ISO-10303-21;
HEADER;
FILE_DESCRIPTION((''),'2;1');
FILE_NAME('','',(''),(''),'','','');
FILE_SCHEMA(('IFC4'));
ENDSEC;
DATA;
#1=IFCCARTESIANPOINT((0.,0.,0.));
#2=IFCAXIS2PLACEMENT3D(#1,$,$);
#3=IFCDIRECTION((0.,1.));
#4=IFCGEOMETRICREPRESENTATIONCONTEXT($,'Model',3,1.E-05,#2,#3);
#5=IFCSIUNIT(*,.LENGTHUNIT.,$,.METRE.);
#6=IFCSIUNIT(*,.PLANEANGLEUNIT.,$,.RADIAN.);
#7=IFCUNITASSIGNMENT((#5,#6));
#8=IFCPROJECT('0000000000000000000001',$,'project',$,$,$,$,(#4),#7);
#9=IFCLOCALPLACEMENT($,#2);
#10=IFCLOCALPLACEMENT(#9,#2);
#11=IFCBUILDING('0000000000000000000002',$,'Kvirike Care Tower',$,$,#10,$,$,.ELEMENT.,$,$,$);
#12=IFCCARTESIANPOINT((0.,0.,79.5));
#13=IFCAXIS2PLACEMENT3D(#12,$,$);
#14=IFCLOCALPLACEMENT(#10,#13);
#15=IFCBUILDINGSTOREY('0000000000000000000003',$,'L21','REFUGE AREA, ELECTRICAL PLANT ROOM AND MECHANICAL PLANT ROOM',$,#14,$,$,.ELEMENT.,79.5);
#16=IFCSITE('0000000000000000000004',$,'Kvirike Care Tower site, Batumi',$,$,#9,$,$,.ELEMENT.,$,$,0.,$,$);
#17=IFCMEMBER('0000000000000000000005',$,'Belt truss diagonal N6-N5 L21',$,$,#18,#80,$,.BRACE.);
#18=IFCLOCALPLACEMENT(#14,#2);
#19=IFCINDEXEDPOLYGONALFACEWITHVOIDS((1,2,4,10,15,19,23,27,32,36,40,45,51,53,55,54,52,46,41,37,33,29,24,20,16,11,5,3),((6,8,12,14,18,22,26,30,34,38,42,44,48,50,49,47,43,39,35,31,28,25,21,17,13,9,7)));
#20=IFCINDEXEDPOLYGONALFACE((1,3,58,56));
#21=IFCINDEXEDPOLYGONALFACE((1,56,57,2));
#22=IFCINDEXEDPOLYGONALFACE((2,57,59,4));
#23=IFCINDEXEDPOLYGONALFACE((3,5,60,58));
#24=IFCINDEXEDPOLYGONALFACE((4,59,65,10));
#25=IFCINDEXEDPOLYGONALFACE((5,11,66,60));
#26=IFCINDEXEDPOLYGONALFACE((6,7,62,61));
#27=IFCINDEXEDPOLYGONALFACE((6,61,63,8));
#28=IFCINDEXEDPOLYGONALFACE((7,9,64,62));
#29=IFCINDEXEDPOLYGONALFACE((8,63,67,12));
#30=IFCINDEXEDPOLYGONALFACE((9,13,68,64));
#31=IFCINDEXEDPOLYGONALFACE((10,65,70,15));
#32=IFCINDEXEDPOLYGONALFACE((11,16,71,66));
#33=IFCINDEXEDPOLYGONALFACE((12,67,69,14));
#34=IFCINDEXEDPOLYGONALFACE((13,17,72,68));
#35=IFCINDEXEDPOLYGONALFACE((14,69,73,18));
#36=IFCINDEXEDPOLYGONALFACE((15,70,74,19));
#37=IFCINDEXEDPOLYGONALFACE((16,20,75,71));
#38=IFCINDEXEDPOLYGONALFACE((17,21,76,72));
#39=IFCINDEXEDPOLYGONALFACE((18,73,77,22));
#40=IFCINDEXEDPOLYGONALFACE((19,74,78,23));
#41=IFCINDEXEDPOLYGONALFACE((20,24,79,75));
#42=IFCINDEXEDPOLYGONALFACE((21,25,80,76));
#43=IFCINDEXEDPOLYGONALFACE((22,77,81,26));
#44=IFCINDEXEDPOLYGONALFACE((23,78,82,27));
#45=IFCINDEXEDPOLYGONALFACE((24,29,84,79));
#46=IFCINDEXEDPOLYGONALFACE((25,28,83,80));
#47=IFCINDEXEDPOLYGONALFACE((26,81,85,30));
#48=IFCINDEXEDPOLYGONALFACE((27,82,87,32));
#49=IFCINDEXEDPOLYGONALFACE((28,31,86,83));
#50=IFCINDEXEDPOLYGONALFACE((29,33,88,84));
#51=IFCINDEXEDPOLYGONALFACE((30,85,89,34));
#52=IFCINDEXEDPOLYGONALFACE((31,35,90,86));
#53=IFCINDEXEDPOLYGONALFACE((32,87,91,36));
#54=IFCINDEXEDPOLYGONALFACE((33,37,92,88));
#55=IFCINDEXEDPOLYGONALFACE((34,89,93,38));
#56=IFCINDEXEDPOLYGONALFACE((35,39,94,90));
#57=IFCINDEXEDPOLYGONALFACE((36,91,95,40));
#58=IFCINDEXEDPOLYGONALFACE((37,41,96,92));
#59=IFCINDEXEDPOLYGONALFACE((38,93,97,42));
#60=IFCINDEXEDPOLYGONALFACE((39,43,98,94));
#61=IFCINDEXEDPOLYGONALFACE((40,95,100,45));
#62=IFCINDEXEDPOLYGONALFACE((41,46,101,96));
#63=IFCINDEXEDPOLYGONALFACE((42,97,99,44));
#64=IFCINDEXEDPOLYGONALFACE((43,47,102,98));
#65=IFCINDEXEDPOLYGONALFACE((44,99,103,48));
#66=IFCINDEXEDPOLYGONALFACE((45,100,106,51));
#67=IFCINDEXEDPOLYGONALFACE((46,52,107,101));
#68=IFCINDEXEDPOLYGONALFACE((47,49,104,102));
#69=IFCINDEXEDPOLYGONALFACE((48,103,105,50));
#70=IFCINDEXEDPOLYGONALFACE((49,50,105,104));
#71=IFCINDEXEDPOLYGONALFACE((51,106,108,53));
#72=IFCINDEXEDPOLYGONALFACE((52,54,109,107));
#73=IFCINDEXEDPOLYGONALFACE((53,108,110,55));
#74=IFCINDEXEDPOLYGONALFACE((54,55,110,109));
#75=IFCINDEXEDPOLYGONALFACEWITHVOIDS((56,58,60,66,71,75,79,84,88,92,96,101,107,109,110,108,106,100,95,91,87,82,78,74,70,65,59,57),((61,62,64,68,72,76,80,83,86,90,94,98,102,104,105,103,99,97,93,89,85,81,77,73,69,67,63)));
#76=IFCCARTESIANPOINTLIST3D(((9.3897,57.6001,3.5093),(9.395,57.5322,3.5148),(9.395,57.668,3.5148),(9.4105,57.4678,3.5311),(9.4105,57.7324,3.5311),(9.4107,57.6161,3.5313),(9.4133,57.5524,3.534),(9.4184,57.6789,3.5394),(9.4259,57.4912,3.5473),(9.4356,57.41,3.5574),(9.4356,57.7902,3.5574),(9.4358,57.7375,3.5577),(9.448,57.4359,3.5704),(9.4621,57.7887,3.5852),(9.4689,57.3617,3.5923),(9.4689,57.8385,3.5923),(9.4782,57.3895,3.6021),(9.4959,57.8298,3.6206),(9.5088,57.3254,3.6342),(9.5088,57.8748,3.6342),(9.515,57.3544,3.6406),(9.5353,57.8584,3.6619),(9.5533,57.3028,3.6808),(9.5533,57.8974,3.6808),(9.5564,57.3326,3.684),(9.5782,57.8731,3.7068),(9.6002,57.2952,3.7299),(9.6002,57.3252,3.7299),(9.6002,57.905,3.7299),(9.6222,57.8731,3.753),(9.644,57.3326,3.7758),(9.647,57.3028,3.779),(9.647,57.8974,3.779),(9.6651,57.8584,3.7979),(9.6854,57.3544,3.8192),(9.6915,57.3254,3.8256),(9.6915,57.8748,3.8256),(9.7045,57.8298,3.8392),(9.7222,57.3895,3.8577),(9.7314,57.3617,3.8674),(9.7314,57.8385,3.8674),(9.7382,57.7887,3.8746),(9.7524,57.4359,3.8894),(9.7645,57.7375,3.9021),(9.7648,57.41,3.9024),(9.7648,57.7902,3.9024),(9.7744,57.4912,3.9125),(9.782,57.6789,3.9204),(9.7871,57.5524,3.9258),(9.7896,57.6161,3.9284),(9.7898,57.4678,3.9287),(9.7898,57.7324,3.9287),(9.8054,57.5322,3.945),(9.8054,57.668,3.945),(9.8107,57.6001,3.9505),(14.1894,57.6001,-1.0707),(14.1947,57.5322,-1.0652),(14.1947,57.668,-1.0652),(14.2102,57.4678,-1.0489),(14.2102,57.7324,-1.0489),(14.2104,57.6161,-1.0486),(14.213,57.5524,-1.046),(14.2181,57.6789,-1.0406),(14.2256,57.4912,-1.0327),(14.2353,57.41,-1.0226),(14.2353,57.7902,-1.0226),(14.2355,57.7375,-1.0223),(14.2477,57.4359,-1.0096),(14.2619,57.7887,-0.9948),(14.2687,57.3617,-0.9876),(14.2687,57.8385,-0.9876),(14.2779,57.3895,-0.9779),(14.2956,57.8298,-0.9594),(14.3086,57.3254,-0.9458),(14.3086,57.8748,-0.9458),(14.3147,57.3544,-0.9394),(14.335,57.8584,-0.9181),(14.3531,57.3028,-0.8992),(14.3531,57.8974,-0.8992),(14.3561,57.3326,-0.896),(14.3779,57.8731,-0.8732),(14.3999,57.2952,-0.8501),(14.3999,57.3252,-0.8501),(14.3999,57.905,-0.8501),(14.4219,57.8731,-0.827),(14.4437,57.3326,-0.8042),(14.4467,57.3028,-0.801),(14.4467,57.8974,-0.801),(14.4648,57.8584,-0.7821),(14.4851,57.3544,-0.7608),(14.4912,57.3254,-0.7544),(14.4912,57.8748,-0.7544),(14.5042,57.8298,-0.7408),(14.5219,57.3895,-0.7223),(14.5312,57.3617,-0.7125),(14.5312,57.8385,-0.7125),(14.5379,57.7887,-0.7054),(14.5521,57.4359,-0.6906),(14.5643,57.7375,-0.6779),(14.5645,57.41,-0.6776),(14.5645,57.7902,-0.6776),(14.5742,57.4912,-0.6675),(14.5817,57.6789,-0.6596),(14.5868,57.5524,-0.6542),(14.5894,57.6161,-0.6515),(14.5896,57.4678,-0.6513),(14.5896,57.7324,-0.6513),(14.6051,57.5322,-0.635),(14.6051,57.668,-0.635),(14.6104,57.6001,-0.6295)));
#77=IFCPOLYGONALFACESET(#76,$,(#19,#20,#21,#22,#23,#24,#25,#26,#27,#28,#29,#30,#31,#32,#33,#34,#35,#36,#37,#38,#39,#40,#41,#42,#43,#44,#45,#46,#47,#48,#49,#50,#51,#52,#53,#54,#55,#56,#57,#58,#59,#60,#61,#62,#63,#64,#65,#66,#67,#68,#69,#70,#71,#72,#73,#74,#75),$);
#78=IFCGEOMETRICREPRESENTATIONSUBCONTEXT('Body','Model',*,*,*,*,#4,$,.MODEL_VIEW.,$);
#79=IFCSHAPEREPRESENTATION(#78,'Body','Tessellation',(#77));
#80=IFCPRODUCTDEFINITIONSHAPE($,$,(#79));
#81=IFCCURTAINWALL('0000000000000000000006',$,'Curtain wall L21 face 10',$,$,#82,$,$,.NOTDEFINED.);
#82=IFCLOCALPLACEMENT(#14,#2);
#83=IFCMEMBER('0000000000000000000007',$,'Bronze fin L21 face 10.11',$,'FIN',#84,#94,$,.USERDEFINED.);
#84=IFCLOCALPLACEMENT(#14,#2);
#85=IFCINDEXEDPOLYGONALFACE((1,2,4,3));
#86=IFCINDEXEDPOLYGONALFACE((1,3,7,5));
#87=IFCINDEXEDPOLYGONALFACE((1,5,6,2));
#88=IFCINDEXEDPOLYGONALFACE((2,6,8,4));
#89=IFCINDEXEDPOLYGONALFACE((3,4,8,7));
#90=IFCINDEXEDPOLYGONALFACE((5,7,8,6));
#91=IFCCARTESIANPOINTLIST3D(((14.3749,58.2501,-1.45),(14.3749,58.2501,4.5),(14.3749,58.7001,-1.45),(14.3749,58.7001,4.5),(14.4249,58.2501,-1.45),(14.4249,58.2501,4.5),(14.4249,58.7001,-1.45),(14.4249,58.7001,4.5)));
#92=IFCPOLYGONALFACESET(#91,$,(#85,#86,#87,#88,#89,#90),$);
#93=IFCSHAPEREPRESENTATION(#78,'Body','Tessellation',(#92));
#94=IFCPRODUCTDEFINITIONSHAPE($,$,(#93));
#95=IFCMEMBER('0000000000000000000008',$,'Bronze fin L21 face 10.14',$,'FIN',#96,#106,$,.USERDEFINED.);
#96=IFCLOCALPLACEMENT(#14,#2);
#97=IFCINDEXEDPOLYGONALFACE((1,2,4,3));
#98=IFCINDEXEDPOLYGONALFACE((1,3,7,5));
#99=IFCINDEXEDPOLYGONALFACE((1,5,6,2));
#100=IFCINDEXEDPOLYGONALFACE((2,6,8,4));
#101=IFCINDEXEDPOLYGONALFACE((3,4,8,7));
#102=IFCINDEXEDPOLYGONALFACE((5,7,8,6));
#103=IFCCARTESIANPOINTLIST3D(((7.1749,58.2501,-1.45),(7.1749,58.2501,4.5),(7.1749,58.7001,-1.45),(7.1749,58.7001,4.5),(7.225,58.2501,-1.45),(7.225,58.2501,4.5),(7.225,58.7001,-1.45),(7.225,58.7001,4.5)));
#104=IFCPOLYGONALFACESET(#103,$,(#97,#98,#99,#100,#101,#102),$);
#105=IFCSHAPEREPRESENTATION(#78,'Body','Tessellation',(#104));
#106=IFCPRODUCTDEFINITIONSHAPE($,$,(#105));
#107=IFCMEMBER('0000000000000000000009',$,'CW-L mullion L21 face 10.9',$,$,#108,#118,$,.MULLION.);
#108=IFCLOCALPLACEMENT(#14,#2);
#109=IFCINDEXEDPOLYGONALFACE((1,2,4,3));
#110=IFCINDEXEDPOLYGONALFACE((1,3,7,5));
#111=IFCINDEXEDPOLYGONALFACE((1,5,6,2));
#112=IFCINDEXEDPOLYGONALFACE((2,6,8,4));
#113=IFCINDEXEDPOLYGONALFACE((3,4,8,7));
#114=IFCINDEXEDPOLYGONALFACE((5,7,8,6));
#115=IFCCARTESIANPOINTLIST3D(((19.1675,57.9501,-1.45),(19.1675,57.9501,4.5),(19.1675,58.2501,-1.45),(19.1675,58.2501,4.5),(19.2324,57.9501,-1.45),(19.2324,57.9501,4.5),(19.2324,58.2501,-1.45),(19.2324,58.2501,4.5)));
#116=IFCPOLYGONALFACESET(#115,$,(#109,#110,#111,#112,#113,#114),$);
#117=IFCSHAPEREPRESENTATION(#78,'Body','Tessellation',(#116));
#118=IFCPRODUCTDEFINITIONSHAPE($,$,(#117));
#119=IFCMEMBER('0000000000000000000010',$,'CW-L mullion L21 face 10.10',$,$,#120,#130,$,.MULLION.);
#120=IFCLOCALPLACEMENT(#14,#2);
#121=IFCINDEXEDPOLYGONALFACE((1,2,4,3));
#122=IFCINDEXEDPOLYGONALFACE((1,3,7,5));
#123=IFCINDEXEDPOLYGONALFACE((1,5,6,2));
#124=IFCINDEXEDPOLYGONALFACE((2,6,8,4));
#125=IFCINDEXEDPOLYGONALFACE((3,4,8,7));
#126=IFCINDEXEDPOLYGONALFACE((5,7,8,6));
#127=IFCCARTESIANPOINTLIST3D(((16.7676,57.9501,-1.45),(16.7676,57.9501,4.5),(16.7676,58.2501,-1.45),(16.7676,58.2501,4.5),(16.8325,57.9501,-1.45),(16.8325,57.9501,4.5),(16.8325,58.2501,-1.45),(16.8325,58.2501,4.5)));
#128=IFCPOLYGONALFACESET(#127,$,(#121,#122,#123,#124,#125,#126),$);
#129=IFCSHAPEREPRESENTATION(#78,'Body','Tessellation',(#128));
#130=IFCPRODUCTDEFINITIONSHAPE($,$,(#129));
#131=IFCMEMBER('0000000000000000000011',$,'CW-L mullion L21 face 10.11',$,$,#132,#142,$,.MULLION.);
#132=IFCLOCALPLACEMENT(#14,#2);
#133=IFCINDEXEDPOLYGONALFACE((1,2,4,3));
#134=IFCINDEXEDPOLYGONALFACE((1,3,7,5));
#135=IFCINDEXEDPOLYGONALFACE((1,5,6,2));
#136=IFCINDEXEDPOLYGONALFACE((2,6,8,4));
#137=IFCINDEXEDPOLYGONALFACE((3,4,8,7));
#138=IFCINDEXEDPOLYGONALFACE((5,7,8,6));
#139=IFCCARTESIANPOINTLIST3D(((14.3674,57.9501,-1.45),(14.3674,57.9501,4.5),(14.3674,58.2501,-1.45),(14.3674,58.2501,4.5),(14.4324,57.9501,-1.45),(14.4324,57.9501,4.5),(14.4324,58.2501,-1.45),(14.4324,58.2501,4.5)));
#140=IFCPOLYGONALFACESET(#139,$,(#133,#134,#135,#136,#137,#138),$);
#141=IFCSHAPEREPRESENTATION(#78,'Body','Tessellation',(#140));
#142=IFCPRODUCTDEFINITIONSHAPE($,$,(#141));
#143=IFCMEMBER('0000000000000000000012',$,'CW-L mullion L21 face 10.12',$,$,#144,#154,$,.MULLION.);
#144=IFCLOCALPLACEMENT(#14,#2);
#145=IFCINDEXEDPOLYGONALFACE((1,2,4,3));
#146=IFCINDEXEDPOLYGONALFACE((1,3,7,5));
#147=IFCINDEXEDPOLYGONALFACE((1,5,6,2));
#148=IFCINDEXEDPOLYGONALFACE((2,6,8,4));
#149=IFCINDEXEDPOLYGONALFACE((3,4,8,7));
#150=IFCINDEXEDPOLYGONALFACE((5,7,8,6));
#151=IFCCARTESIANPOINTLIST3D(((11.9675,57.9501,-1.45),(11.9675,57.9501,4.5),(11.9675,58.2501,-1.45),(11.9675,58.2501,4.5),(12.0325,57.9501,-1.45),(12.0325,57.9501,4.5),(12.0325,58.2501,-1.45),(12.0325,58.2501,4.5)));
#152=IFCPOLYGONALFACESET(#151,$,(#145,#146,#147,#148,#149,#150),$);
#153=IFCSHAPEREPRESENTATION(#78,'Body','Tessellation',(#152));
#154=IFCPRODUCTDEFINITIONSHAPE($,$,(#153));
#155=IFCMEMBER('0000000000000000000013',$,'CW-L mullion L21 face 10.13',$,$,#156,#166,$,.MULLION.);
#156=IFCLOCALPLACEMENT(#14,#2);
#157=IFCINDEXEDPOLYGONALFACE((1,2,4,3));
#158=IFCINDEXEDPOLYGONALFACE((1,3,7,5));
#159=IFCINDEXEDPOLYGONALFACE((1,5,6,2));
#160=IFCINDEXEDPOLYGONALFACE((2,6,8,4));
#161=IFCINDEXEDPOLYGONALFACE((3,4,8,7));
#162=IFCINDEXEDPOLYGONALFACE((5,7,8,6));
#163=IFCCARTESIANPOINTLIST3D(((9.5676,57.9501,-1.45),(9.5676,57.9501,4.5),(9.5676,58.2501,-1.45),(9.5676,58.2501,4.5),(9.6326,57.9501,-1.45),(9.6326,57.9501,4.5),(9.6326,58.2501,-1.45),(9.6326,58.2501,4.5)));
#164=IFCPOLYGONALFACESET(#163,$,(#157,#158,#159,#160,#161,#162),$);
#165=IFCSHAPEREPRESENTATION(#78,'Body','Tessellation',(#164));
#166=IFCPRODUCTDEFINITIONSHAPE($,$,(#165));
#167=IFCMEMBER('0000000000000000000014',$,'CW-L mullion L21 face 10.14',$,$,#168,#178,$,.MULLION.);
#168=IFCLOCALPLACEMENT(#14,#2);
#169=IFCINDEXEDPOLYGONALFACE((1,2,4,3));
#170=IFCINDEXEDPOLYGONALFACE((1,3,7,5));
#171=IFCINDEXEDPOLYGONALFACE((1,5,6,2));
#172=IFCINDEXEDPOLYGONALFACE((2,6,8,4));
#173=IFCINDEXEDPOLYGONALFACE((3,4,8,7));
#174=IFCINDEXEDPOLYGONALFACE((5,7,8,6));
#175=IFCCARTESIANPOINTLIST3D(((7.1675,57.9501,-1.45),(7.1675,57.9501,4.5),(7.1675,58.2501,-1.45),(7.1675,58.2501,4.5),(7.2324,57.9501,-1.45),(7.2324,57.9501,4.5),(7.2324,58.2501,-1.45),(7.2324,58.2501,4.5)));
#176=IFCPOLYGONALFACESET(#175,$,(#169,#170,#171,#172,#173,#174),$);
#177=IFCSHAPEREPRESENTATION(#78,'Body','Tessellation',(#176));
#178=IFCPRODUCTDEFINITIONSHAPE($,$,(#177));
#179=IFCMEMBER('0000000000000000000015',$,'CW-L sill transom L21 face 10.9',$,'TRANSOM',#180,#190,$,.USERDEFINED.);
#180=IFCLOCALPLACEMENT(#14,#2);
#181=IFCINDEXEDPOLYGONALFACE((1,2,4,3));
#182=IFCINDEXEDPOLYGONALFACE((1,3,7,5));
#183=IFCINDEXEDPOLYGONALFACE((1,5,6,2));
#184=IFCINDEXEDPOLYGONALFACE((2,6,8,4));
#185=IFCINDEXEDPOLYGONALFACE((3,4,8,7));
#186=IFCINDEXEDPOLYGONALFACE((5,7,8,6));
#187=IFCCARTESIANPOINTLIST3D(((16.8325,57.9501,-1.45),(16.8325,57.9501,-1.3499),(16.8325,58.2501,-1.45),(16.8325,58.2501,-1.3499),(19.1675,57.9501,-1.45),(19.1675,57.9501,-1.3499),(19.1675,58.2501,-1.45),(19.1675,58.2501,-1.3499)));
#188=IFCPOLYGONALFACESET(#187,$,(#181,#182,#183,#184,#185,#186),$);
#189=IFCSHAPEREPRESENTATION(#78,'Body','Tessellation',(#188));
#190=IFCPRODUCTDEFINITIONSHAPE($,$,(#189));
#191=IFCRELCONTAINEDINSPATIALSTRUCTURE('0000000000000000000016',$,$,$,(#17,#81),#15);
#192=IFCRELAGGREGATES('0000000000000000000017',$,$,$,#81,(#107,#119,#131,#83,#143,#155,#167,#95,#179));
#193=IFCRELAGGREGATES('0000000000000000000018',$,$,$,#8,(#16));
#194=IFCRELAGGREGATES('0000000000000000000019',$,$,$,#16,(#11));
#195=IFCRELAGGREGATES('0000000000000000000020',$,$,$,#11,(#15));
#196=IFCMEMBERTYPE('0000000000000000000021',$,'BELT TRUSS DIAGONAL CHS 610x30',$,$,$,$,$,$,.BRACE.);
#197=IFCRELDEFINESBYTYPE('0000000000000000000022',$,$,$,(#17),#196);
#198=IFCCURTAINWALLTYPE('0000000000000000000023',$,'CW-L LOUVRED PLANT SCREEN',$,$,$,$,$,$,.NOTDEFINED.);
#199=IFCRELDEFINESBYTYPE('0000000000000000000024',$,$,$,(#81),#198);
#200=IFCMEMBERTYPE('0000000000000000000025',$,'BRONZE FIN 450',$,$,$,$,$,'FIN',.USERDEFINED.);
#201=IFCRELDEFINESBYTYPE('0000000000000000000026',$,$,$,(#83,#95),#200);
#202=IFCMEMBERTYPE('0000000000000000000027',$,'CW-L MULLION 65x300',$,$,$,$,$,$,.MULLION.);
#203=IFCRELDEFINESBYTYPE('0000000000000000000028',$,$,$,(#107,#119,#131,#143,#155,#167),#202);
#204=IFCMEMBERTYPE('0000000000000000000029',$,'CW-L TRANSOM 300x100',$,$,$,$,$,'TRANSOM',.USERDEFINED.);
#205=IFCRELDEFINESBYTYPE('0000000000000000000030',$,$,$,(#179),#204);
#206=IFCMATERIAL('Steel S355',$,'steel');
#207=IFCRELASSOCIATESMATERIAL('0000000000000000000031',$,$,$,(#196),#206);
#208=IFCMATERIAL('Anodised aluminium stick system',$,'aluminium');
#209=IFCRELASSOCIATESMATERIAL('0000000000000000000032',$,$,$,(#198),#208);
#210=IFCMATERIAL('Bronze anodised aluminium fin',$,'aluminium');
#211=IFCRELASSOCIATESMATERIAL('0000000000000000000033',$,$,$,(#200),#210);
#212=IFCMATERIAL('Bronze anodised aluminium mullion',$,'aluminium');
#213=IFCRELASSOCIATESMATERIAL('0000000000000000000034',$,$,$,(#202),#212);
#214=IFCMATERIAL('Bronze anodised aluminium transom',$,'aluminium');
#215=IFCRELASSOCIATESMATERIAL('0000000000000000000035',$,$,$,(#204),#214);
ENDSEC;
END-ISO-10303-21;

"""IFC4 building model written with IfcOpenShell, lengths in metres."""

from ifc_helpers import new_model, si_unit, direction, frame, origin, origin_2d, place, context, subcontext, project, spatial, rectangle, hollow_circle, extrude, material, material_profile, profile_set, type_object, element, aggregate, save


model = new_model("IFC4")

# Units and contexts
model_context = context("Model", 3, precision=1e-05, world=origin(), true_north=direction((0.0, 1.0)))
body_context = subcontext(model_context, "Body", "Model", "MODEL_VIEW")
ifc_project = project(units=[si_unit("LENGTHUNIT", "METRE"), si_unit("PLANEANGLEUNIT", "RADIAN")], contexts=[model_context])

# Site, building, storey
site_placement = place(None, origin())
site = spatial("IfcSite", under=ifc_project, at=site_placement, Name="Kvirike Care Tower site, Batumi", CompositionType="ELEMENT", RefElevation=0.0)
building_placement = place(site_placement, origin())
building = spatial("IfcBuilding", under=site, at=building_placement, Name="Kvirike Care Tower", CompositionType="ELEMENT")
storey_placement = place(building_placement, frame((0.0, 0.0, 79.5)))
storey = spatial("IfcBuildingStorey", under=building, at=storey_placement, Name="L21", Description="REFUGE AREA, ELECTRICAL PLANT ROOM AND MECHANICAL PLANT ROOM", CompositionType="ELEMENT", Elevation=79.5)

# Member
ifc_material_1 = material(Name="Steel S355", Category="steel")
ifc_material_profile_1 = material_profile(ifc_material_1, hollow_circle(Radius=0.3049, WallThickness=0.03, at=origin_2d()), Name="CHS 610x30")
ifc_profile_set_1 = profile_set([ifc_material_profile_1], Name="Steel S355")
member_type_1 = type_object("IfcMemberType", Name="BELT TRUSS DIAGONAL CHS 610x30", PredefinedType="BRACE", material=ifc_profile_set_1)
member_1_placement = place(storey_placement, frame((14.3999, 57.6001, -0.8501), z_axis=(-0.723472, 0.0, 0.690353), x_axis=(0.0, -1.0, 0.0)))
element("IfcMember", 1, at=member_1_placement, inside=storey, type_object=member_type_1, Name="Belt truss diagonal N6-N5 L21", PredefinedType="BRACE", context=body_context, shape_type="SweptSolid", body=[
    extrude(hollow_circle(Radius=0.3049, WallThickness=0.03, at=origin_2d()), origin(), (0.0, 0.0, 1.0), 6.6343),
])

# Curtain wall, members
ifc_material_2 = material(Name="Anodised aluminium stick system", Category="aluminium")
curtain_wall_type = type_object("IfcCurtainWallType", Name="CW-L LOUVRED PLANT SCREEN", PredefinedType="NOTDEFINED", material=ifc_material_2)
curtain_wall_placement = place(storey_placement, origin())
curtain_wall = element("IfcCurtainWall", 2, at=curtain_wall_placement, inside=storey, type_object=curtain_wall_type, Name="Curtain wall L21 face 10", PredefinedType="NOTDEFINED")
ifc_material_3 = material(Name="Bronze anodised aluminium fin", Category="aluminium")
ifc_material_profile_2 = material_profile(ifc_material_3, rectangle(XDim=0.05, YDim=0.45, at=origin_2d()), Name="BRONZE FIN 450")
ifc_profile_set_2 = profile_set([ifc_material_profile_2], Name="Bronze anodised aluminium fin")
member_type_2 = type_object("IfcMemberType", Name="BRONZE FIN 450", ElementType="FIN", PredefinedType="USERDEFINED", material=ifc_profile_set_2)
member_2_placement = place(storey_placement, frame((14.3999, 58.4751, -1.45), z_axis=(0.0, 0.0, 1.0), x_axis=(-1.0, 0.0, 0.0)))
member_2 = element("IfcMember", 3, at=member_2_placement, type_object=member_type_2, Name="Bronze fin L21 face 10.11", ObjectType="FIN", PredefinedType="USERDEFINED", context=body_context, shape_type="SweptSolid", body=[
    extrude(rectangle(XDim=0.05, YDim=0.45, at=origin_2d()), origin(), (0.0, 0.0, 1.0), 5.95),
])
member_3_placement = place(storey_placement, frame((7.2, 58.4751, -1.45), z_axis=(0.0, 0.0, 1.0), x_axis=(-1.0, 0.0, 0.0)))
member_3 = element("IfcMember", 4, at=member_3_placement, type_object=member_type_2, Name="Bronze fin L21 face 10.14", ObjectType="FIN", PredefinedType="USERDEFINED", context=body_context, shape_type="SweptSolid", body=[
    extrude(rectangle(XDim=0.05, YDim=0.45, at=origin_2d()), origin(), (0.0, 0.0, 1.0), 5.95),
])
ifc_material_4 = material(Name="Bronze anodised aluminium mullion", Category="aluminium")
ifc_material_profile_3 = material_profile(ifc_material_4, rectangle(XDim=0.0649, YDim=0.3, at=origin_2d()), Name="CW-L MULLION 65x300")
ifc_profile_set_3 = profile_set([ifc_material_profile_3], Name="Bronze anodised aluminium mullion")
member_type_3 = type_object("IfcMemberType", Name="CW-L MULLION 65x300", PredefinedType="MULLION", material=ifc_profile_set_3)
member_4_placement = place(storey_placement, frame((19.2, 58.1001, -1.45), z_axis=(0.0, 0.0, 1.0), x_axis=(-1.0, 0.0, 0.0)))
member_4 = element("IfcMember", 5, at=member_4_placement, type_object=member_type_3, Name="CW-L mullion L21 face 10.9", PredefinedType="MULLION", context=body_context, shape_type="SweptSolid", body=[
    extrude(rectangle(XDim=0.0649, YDim=0.3, at=origin_2d()), origin(), (0.0, 0.0, 1.0), 5.95),
])
member_5_placement = place(storey_placement, frame((16.8, 58.1001, -1.45), z_axis=(0.0, 0.0, 1.0), x_axis=(-1.0, 0.0, 0.0)))
member_5 = element("IfcMember", 6, at=member_5_placement, type_object=member_type_3, Name="CW-L mullion L21 face 10.10", PredefinedType="MULLION", context=body_context, shape_type="SweptSolid", body=[
    extrude(rectangle(XDim=0.0649, YDim=0.3, at=origin_2d()), origin(), (0.0, 0.0, 1.0), 5.95),
])
member_6_placement = place(storey_placement, frame((14.3999, 58.1001, -1.45), z_axis=(0.0, 0.0, 1.0), x_axis=(-1.0, 0.0, 0.0)))
member_6 = element("IfcMember", 7, at=member_6_placement, type_object=member_type_3, Name="CW-L mullion L21 face 10.11", PredefinedType="MULLION", context=body_context, shape_type="SweptSolid", body=[
    extrude(rectangle(XDim=0.0649, YDim=0.3, at=origin_2d()), origin(), (0.0, 0.0, 1.0), 5.95),
])
member_7_placement = place(storey_placement, frame((12.0, 58.1001, -1.45), z_axis=(0.0, 0.0, 1.0), x_axis=(-1.0, 0.0, 0.0)))
member_7 = element("IfcMember", 8, at=member_7_placement, type_object=member_type_3, Name="CW-L mullion L21 face 10.12", PredefinedType="MULLION", context=body_context, shape_type="SweptSolid", body=[
    extrude(rectangle(XDim=0.0649, YDim=0.3, at=origin_2d()), origin(), (0.0, 0.0, 1.0), 5.95),
])
member_8_placement = place(storey_placement, frame((9.6001, 58.1001, -1.45), z_axis=(0.0, 0.0, 1.0), x_axis=(-1.0, 0.0, 0.0)))
member_8 = element("IfcMember", 9, at=member_8_placement, type_object=member_type_3, Name="CW-L mullion L21 face 10.13", PredefinedType="MULLION", context=body_context, shape_type="SweptSolid", body=[
    extrude(rectangle(XDim=0.0649, YDim=0.3, at=origin_2d()), origin(), (0.0, 0.0, 1.0), 5.95),
])
member_9_placement = place(storey_placement, frame((7.2, 58.1001, -1.45), z_axis=(0.0, 0.0, 1.0), x_axis=(-1.0, 0.0, 0.0)))
member_9 = element("IfcMember", 10, at=member_9_placement, type_object=member_type_3, Name="CW-L mullion L21 face 10.14", PredefinedType="MULLION", context=body_context, shape_type="SweptSolid", body=[
    extrude(rectangle(XDim=0.0649, YDim=0.3, at=origin_2d()), origin(), (0.0, 0.0, 1.0), 5.95),
])
ifc_material_5 = material(Name="Bronze anodised aluminium transom", Category="aluminium")
ifc_material_profile_4 = material_profile(ifc_material_5, rectangle(XDim=0.3, YDim=0.1001, at=origin_2d()), Name="CW-L TRANSOM 300x100")
ifc_profile_set_4 = profile_set([ifc_material_profile_4], Name="Bronze anodised aluminium transom")
member_type_4 = type_object("IfcMemberType", Name="CW-L TRANSOM 300x100", ElementType="TRANSOM", PredefinedType="USERDEFINED", material=ifc_profile_set_4)
member_10_placement = place(storey_placement, frame((19.1675, 58.1001, -1.3999), z_axis=(-1.0, 0.0, 0.0), x_axis=(0.0, -1.0, 0.0)))
member_10 = element("IfcMember", 11, at=member_10_placement, type_object=member_type_4, Name="CW-L sill transom L21 face 10.9", ObjectType="TRANSOM", PredefinedType="USERDEFINED", context=body_context, shape_type="SweptSolid", body=[
    extrude(rectangle(XDim=0.3, YDim=0.1001, at=origin_2d()), origin(), (0.0, 0.0, 1.0), 2.335),
])

aggregate(curtain_wall, [member_4, member_5, member_6, member_2, member_7, member_8, member_9, member_3, member_10])

save(model, "model.ifc")
